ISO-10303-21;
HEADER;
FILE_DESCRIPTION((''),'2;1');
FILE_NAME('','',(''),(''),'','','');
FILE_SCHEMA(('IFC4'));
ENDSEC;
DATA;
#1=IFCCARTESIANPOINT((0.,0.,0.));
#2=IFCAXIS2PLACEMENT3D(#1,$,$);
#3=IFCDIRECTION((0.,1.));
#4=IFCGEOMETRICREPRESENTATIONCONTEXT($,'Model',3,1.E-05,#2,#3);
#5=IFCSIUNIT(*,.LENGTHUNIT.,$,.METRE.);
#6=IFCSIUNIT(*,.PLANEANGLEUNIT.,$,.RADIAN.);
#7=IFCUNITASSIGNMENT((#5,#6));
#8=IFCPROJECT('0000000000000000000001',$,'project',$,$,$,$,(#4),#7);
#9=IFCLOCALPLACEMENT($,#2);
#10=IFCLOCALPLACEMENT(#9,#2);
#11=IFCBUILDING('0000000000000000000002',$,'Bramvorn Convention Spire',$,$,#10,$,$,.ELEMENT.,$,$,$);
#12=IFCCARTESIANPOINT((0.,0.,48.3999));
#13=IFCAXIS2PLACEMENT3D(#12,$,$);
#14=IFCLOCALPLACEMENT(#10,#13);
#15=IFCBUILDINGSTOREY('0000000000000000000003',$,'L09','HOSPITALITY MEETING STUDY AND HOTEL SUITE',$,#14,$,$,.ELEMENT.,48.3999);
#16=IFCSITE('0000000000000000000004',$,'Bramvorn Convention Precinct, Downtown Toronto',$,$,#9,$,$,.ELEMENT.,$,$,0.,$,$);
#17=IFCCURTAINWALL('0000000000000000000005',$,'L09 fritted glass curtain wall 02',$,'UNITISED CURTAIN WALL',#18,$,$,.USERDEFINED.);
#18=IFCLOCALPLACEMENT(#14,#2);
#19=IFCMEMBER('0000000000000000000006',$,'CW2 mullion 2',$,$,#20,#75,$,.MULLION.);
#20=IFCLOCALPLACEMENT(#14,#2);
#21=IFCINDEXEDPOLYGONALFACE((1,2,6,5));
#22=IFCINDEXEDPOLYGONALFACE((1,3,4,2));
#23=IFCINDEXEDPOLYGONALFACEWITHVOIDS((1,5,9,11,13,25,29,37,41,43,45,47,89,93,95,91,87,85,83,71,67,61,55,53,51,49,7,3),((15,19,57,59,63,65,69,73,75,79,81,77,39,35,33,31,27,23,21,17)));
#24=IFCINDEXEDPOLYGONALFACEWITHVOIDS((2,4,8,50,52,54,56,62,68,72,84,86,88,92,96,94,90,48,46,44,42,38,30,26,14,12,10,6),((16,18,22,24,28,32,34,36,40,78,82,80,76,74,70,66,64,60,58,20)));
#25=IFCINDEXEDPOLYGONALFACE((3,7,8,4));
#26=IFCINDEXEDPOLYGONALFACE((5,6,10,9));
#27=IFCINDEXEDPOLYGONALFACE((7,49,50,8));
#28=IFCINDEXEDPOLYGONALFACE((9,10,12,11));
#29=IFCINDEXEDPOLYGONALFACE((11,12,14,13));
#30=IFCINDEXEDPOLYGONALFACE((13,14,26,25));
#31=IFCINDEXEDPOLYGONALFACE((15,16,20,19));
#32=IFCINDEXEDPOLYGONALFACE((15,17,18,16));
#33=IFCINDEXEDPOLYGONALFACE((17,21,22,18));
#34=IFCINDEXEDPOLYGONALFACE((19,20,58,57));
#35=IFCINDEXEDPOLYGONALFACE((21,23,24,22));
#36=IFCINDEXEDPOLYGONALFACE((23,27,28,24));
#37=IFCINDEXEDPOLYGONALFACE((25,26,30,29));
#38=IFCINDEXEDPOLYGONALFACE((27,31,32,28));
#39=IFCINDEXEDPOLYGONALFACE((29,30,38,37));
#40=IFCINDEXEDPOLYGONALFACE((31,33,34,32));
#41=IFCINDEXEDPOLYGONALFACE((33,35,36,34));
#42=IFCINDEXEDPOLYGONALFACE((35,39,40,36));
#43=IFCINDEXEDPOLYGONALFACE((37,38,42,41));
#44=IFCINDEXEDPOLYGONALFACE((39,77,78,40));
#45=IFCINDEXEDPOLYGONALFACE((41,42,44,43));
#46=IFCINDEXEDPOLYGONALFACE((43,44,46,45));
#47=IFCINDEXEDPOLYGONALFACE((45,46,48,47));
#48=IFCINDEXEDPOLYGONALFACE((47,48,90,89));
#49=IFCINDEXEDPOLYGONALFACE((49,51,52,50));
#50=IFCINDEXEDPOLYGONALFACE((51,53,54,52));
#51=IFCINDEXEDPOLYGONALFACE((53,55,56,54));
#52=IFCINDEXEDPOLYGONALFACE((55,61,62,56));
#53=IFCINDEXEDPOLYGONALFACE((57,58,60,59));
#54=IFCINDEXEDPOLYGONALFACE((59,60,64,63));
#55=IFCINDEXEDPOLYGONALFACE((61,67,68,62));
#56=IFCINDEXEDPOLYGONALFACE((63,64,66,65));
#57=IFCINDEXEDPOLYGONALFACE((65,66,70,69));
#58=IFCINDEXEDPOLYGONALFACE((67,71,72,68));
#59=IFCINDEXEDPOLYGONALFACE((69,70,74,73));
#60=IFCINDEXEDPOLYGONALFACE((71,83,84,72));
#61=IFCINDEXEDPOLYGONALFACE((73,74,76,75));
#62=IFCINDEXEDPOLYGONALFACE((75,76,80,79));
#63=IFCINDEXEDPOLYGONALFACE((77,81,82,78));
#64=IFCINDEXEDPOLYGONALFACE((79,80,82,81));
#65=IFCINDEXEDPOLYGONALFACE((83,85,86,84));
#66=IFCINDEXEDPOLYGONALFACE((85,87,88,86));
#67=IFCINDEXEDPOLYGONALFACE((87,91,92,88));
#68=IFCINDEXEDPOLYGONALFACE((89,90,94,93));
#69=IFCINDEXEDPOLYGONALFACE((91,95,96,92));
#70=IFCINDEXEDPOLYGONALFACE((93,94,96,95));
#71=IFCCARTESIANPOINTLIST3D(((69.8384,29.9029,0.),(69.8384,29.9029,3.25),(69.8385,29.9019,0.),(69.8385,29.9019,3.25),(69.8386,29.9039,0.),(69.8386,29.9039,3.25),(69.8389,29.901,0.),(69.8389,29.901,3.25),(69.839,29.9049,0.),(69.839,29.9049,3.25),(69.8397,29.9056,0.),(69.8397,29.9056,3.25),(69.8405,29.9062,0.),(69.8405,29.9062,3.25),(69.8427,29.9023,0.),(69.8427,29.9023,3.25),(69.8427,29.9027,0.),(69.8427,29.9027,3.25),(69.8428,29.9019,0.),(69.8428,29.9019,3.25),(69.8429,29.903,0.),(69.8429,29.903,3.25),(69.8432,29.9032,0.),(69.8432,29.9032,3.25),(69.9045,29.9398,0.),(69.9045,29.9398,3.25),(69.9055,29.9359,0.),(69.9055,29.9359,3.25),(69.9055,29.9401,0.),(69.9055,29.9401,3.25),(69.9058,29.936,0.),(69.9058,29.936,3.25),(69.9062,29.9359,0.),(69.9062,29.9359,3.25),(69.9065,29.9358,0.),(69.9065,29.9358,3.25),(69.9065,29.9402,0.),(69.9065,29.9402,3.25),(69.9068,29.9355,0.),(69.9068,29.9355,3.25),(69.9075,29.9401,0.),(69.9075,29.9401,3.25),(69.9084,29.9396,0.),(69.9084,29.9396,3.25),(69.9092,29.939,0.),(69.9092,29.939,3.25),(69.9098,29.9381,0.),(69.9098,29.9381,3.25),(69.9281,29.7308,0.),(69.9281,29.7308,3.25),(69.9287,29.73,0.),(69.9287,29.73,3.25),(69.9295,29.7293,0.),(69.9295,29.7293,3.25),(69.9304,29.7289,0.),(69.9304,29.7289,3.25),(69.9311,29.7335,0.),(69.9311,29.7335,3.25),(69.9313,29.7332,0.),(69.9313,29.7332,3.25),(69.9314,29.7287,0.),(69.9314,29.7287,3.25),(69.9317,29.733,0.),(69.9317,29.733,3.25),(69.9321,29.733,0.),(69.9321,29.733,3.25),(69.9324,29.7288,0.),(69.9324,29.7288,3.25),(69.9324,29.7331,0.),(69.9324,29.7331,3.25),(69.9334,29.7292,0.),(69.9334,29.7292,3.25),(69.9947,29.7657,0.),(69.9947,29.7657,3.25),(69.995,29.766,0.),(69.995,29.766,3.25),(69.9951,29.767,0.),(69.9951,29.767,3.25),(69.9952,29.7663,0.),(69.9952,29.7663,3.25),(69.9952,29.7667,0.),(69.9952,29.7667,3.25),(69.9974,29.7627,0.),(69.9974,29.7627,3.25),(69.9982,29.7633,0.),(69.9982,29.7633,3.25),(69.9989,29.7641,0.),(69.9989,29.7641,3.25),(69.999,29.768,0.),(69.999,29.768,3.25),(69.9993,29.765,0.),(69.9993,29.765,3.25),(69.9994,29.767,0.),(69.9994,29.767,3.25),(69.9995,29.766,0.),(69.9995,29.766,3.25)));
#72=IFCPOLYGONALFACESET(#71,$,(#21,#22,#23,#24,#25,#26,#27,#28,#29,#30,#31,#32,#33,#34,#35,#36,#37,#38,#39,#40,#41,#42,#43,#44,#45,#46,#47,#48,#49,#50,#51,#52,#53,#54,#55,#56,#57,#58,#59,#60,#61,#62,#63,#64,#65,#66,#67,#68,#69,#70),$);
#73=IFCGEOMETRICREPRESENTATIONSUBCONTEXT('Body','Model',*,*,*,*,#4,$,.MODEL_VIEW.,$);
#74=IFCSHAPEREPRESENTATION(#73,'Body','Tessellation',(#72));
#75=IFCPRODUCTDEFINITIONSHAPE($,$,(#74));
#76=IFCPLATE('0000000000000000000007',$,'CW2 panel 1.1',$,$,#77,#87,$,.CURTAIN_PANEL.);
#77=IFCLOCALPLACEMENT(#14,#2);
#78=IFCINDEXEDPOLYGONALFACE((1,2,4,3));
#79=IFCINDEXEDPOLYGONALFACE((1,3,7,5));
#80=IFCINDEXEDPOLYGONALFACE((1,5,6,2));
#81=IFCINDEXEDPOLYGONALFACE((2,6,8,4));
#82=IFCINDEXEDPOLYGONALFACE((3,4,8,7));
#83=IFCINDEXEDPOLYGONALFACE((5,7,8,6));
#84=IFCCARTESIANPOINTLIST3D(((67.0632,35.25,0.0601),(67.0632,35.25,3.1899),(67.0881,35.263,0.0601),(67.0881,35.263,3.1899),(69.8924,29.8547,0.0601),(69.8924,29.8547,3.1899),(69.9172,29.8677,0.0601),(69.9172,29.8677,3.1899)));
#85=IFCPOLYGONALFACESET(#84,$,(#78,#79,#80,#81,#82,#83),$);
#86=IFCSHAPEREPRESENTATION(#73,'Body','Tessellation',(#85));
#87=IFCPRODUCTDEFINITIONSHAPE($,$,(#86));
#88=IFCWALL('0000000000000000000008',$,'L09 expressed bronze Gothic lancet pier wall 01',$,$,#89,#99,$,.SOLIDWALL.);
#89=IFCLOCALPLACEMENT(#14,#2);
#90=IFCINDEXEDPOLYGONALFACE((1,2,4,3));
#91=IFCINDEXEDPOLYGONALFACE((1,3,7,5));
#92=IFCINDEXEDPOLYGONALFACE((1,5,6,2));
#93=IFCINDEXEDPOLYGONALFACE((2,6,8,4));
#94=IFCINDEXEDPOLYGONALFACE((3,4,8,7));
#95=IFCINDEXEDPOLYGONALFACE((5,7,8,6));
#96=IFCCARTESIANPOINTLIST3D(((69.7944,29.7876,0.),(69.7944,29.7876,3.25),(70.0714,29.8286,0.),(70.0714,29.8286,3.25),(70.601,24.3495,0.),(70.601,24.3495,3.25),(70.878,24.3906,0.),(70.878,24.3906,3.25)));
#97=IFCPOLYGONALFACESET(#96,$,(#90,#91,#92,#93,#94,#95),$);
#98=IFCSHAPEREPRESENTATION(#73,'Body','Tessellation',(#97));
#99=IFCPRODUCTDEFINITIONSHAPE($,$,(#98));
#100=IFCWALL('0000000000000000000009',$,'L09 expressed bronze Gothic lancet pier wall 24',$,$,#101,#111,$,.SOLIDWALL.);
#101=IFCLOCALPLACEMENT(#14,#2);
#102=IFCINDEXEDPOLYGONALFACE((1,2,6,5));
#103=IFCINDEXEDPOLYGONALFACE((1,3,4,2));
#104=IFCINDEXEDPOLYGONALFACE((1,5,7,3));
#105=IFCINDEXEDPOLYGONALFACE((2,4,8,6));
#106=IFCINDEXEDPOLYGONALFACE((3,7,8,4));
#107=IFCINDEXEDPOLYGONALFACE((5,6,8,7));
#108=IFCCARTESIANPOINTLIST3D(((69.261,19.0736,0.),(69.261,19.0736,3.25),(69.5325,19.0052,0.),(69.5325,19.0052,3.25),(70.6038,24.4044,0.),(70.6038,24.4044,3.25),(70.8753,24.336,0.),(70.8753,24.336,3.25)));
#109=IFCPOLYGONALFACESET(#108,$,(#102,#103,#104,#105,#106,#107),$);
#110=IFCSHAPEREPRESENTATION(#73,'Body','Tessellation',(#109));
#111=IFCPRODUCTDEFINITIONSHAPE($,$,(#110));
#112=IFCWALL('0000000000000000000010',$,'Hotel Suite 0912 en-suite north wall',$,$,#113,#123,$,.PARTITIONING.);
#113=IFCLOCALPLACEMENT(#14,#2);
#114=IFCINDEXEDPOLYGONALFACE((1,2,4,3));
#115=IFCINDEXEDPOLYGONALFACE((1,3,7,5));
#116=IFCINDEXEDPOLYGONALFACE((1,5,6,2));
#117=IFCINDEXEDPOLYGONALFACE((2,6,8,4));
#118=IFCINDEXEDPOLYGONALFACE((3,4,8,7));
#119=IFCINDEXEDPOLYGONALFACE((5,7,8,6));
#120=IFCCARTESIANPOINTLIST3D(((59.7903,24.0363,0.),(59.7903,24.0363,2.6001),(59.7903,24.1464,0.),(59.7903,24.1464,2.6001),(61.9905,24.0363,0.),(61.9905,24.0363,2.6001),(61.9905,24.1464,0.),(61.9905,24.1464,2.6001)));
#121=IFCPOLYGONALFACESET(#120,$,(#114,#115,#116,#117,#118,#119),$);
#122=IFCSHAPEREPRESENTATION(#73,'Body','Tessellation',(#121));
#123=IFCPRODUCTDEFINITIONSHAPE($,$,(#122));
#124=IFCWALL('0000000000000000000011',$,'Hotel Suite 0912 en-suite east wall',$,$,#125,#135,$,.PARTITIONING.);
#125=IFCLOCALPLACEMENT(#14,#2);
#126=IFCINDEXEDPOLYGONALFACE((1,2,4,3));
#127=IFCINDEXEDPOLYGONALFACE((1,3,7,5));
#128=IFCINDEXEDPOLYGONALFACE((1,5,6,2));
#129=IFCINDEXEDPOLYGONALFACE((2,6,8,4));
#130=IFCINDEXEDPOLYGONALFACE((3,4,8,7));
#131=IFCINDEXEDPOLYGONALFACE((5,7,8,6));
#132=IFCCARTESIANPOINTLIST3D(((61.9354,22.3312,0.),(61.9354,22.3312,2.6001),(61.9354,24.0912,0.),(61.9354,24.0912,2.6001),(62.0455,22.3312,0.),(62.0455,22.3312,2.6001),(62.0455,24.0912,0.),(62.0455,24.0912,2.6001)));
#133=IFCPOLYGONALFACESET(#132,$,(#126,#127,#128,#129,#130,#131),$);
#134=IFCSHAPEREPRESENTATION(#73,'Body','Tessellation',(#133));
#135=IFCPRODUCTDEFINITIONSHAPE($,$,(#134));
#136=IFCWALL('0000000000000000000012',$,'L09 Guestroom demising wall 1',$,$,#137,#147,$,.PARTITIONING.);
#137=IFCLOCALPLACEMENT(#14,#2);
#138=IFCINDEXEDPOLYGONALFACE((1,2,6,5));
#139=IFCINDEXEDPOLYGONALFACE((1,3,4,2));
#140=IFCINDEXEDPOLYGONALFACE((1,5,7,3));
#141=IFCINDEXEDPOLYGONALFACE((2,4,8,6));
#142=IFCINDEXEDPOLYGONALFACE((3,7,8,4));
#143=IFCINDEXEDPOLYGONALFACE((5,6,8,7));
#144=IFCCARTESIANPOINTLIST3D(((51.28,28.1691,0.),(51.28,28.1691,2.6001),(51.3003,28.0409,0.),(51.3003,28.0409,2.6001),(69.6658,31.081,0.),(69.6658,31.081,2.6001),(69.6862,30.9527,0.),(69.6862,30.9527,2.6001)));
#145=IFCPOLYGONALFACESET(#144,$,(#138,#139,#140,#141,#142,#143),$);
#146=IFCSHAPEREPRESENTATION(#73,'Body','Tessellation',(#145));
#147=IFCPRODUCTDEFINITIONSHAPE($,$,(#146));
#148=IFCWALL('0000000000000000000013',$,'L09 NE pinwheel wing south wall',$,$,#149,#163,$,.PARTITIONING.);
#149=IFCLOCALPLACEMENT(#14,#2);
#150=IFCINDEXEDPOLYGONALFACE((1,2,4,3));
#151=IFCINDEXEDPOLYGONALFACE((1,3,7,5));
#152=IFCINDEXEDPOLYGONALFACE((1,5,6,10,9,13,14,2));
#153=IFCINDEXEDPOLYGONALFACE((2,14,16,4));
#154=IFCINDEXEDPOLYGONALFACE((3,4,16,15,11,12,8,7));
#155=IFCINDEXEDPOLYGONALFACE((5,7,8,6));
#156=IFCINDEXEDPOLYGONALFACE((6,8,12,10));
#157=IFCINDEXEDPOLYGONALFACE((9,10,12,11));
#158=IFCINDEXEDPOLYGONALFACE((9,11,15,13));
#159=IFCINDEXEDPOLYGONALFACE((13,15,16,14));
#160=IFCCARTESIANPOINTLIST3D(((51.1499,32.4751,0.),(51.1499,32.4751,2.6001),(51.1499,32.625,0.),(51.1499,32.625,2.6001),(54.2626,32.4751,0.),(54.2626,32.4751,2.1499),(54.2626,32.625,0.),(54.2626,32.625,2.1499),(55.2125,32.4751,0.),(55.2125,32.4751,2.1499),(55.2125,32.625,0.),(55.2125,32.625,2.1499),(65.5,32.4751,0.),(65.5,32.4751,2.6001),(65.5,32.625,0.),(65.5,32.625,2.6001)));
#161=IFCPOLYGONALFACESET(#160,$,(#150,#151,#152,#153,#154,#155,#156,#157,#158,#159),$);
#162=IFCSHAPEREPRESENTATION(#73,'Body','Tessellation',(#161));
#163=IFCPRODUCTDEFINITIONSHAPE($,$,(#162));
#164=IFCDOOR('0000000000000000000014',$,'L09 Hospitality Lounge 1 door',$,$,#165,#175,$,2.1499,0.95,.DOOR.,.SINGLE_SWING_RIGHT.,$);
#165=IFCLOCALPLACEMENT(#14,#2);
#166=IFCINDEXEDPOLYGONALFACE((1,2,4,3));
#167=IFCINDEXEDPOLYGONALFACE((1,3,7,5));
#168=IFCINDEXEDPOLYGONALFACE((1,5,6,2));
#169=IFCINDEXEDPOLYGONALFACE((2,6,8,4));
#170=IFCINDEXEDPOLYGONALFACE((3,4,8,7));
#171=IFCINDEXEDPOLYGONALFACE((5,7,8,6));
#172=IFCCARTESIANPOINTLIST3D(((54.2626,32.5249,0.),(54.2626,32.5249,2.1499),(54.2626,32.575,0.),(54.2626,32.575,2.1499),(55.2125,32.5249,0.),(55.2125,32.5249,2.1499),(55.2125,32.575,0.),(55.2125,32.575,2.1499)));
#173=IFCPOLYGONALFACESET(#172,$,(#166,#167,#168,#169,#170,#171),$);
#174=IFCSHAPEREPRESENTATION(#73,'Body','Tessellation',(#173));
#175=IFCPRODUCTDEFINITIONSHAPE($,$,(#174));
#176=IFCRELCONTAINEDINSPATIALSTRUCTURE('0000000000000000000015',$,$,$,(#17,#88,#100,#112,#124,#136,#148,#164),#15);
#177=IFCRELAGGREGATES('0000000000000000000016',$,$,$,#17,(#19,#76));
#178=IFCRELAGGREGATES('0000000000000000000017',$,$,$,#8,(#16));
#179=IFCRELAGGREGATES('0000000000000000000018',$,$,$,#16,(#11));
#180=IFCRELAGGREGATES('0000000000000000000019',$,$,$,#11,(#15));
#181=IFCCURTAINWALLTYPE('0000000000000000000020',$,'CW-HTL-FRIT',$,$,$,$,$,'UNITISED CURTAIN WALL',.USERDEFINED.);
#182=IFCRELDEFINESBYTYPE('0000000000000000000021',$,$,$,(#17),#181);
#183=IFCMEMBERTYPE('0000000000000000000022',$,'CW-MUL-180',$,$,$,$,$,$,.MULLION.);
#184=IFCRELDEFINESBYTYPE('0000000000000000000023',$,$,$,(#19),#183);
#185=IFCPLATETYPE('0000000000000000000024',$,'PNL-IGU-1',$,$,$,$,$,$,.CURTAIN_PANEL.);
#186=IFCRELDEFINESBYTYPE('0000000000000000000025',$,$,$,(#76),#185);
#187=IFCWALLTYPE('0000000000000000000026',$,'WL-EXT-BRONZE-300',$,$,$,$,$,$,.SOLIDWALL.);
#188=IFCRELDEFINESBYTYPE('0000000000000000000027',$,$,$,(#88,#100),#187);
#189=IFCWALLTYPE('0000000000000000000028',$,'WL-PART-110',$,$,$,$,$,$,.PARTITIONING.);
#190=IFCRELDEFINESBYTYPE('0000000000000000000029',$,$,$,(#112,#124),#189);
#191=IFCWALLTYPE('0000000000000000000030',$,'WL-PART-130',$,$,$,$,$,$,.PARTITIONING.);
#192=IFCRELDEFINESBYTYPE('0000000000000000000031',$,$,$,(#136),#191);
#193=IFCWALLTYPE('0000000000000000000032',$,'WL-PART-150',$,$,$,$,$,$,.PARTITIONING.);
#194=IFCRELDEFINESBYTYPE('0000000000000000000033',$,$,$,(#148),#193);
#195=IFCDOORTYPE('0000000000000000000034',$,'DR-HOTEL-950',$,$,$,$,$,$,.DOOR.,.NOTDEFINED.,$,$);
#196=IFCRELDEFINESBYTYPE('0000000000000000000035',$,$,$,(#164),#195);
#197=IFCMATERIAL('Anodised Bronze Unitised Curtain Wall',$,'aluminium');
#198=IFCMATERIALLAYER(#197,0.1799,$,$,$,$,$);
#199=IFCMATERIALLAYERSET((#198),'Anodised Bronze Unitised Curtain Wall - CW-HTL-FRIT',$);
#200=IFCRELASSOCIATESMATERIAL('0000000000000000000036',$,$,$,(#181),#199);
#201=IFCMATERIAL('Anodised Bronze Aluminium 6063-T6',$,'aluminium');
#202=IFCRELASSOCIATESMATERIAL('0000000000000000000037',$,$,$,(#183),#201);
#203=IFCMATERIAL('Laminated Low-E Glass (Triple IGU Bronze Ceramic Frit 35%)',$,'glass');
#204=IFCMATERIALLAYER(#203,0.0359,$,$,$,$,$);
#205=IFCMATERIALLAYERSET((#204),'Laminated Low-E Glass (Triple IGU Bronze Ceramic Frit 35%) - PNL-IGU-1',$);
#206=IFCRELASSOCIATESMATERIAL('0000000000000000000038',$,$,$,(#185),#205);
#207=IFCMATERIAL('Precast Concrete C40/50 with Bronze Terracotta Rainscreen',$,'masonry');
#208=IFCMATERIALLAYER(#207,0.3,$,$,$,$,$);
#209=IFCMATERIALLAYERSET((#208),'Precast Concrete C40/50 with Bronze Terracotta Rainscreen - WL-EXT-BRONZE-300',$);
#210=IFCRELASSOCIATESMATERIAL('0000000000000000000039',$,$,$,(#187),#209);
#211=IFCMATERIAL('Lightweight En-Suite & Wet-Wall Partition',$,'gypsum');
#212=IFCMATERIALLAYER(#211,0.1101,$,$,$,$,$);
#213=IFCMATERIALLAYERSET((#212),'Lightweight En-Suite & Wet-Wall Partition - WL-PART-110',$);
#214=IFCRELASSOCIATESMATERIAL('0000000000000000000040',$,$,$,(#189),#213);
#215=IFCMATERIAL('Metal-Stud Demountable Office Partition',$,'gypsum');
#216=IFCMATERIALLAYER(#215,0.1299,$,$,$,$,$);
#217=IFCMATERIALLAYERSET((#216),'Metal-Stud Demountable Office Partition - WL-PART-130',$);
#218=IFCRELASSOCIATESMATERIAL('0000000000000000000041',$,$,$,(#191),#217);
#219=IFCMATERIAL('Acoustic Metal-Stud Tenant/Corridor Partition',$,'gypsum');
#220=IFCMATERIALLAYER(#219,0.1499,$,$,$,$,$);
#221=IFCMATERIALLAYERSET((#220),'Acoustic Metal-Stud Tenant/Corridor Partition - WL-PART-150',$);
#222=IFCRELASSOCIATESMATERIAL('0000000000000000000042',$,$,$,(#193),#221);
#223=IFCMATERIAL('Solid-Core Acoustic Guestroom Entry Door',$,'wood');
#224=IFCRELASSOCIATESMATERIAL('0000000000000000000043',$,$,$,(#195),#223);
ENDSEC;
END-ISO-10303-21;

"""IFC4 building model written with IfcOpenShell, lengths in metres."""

from ifc_helpers import new_model, si_unit, direction, frame, frame_2d, origin, origin_2d, place, context, subcontext, project, spatial, rectangle, hollow_rectangle, extrude, material, layer, layer_set, material_profile, profile_set, type_object, element, fill, aggregate, save


model = new_model("IFC4")

# Units and contexts
model_context = context("Model", 3, precision=1e-05, world=origin(), true_north=direction((0.0, 1.0)))
body_context = subcontext(model_context, "Body", "Model", "MODEL_VIEW")
ifc_project = project(units=[si_unit("LENGTHUNIT", "METRE"), si_unit("PLANEANGLEUNIT", "RADIAN")], contexts=[model_context])

# Site, building, storey
site_placement = place(None, origin())
site = spatial("IfcSite", under=ifc_project, at=site_placement, Name="Bramvorn Convention Precinct, Downtown Toronto", CompositionType="ELEMENT", RefElevation=0.0)
building_placement = place(site_placement, origin())
building = spatial("IfcBuilding", under=site, at=building_placement, Name="Bramvorn Convention Spire", CompositionType="ELEMENT")
storey_placement = place(building_placement, frame((0.0, 0.0, 48.3999)))
storey = spatial("IfcBuildingStorey", under=building, at=storey_placement, Name="L09", Description="HOSPITALITY MEETING STUDY AND HOTEL SUITE", CompositionType="ELEMENT", Elevation=48.3999)

# Curtain wall, member, plate
ifc_material_1 = material(Name="Anodised Bronze Unitised Curtain Wall", Category="aluminium")
ifc_layer_1 = layer(ifc_material_1, 0.1799)
ifc_layer_set_1 = layer_set([ifc_layer_1], Name="Anodised Bronze Unitised Curtain Wall - CW-HTL-FRIT")
curtain_wall_type = type_object("IfcCurtainWallType", Name="CW-HTL-FRIT", ElementType="UNITISED CURTAIN WALL", PredefinedType="USERDEFINED", material=ifc_layer_set_1)
curtain_wall_placement = place(storey_placement, origin())
curtain_wall = element("IfcCurtainWall", 1, at=curtain_wall_placement, inside=storey, type_object=curtain_wall_type, Name="L09 fritted glass curtain wall 02", ObjectType="UNITISED CURTAIN WALL", PredefinedType="USERDEFINED")
ifc_material_2 = material(Name="Anodised Bronze Aluminium 6063-T6", Category="aluminium")
ifc_material_profile_1 = material_profile(ifc_material_2, hollow_rectangle(XDim=0.0801, YDim=0.2, WallThickness=0.0039, InnerFilletRadius=0.001, OuterFilletRadius=0.0039, at=origin_2d()))
ifc_profile_set_1 = profile_set([ifc_material_profile_1], Name="Anodised Bronze Aluminium 6063-T6 - CWM80X200")
member_type = type_object("IfcMemberType", Name="CW-MUL-180", PredefinedType="MULLION", material=ifc_profile_set_1)
member_placement = place(storey_placement, frame((69.9189, 29.8345, 0.0), z_axis=(0.0, 0.0, 1.0), x_axis=(0.885626, 0.4644, 0.0)))
member = element("IfcMember", 2, at=member_placement, type_object=member_type, Name="CW2 mullion 2", PredefinedType="MULLION", context=body_context, shape_type="SweptSolid", body=[
    extrude(hollow_rectangle(XDim=0.0801, YDim=0.2, WallThickness=0.0039, InnerFilletRadius=0.001, OuterFilletRadius=0.0039, at=origin_2d()), origin(), (0.0, 0.0, 1.0), 3.25),
])
ifc_material_3 = material(Name="Laminated Low-E Glass (Triple IGU Bronze Ceramic Frit 35%)", Category="glass")
ifc_layer_2 = layer(ifc_material_3, 0.0359)
ifc_layer_set_2 = layer_set([ifc_layer_2], Name="Laminated Low-E Glass (Triple IGU Bronze Ceramic Frit 35%) - PNL-IGU-1")
plate_type = type_object("IfcPlateType", Name="PNL-IGU-1", PredefinedType="CURTAIN_PANEL", material=ifc_layer_set_2)
plate_placement = place(storey_placement, frame((68.4902, 32.5588, 0.0601), z_axis=(0.0, 0.0, 1.0), x_axis=(0.4644, -0.885626, 0.0)))
plate = element("IfcPlate", 3, at=plate_placement, type_object=plate_type, Name="CW2 panel 1.1", PredefinedType="CURTAIN_PANEL", context=body_context, shape_type="SweptSolid", body=[
    extrude(rectangle(XDim=6.092, YDim=0.0281, at=origin_2d()), origin(), (0.0, 0.0, 1.0), 3.1299),
])
aggregate(curtain_wall, [member, plate])

# Walls
ifc_material_4 = material(Name="Precast Concrete C40/50 with Bronze Terracotta Rainscreen", Category="masonry")
ifc_layer_3 = layer(ifc_material_4, 0.3)
ifc_layer_set_3 = layer_set([ifc_layer_3], Name="Precast Concrete C40/50 with Bronze Terracotta Rainscreen - WL-EXT-BRONZE-300")
wall_type_1 = type_object("IfcWallType", Name="WL-EXT-BRONZE-300", PredefinedType="SOLIDWALL", material=ifc_layer_set_3)
wall_1_placement = place(storey_placement, frame((69.9329, 29.8081, 0.0), z_axis=(0.0, 0.0, 1.0), x_axis=(0.146729, -0.989177, 0.0)))
element("IfcWall", 4, at=wall_1_placement, inside=storey, type_object=wall_type_1, Name="L09 expressed bronze Gothic lancet pier wall 01", PredefinedType="SOLIDWALL", context=body_context, shape_type="SweptSolid", body=[
    extrude(rectangle(XDim=5.4976, YDim=0.28, at=frame_2d((2.7488, 0.0))), origin(), (0.0, 0.0, 1.0), 3.25),
])
wall_2_placement = place(storey_placement, frame((70.7395, 24.3701, 0.0), z_axis=(0.0, 0.0, 1.0), x_axis=(-0.244259, -0.96971, 0.0)))
element("IfcWall", 5, at=wall_2_placement, inside=storey, type_object=wall_type_1, Name="L09 expressed bronze Gothic lancet pier wall 24", PredefinedType="SOLIDWALL", context=body_context, shape_type="SweptSolid", body=[
    extrude(rectangle(XDim=5.4973, YDim=0.28, at=frame_2d((2.7485, 0.0))), origin(), (0.0, 0.0, 1.0), 3.25),
])
ifc_material_5 = material(Name="Lightweight En-Suite & Wet-Wall Partition", Category="gypsum")
ifc_layer_4 = layer(ifc_material_5, 0.1101)
ifc_layer_set_4 = layer_set([ifc_layer_4], Name="Lightweight En-Suite & Wet-Wall Partition - WL-PART-110")
wall_type_2 = type_object("IfcWallType", Name="WL-PART-110", PredefinedType="PARTITIONING", material=ifc_layer_set_4)
wall_3_placement = place(storey_placement, frame((59.7903, 24.0913, 0.0), z_axis=(0.0, 0.0, 1.0), x_axis=(1.0, 0.0, 0.0)))
element("IfcWall", 6, at=wall_3_placement, inside=storey, type_object=wall_type_2, Name="Hotel Suite 0912 en-suite north wall", PredefinedType="PARTITIONING", context=body_context, shape_type="SweptSolid", body=[
    extrude(rectangle(XDim=2.2002, YDim=0.1101, at=frame_2d((1.1001, 0.0))), origin(), (0.0, 0.0, 1.0), 2.6001),
])
wall_4_placement = place(storey_placement, frame((61.9905, 22.3313, 0.0), z_axis=(0.0, 0.0, 1.0), x_axis=(0.0, 1.0, 0.0)))
element("IfcWall", 7, at=wall_4_placement, inside=storey, type_object=wall_type_2, Name="Hotel Suite 0912 en-suite east wall", PredefinedType="PARTITIONING", context=body_context, shape_type="SweptSolid", body=[
    extrude(rectangle(XDim=1.76, YDim=0.1101, at=frame_2d((0.8799, 0.0))), origin(), (0.0, 0.0, 1.0), 2.6001),
])
ifc_material_6 = material(Name="Metal-Stud Demountable Office Partition", Category="gypsum")
ifc_layer_5 = layer(ifc_material_6, 0.1299)
ifc_layer_set_5 = layer_set([ifc_layer_5], Name="Metal-Stud Demountable Office Partition - WL-PART-130")
wall_type_3 = type_object("IfcWallType", Name="WL-PART-130", PredefinedType="PARTITIONING", material=ifc_layer_set_5)
wall_5_placement = place(storey_placement, frame((51.29, 28.105, 0.0), z_axis=(0.0, 0.0, 1.0), x_axis=(0.98769, 0.156427, 0.0)))
element("IfcWall", 8, at=wall_5_placement, inside=storey, type_object=wall_type_3, Name="L09 Guestroom demising wall 1", PredefinedType="PARTITIONING", context=body_context, shape_type="SweptSolid", body=[
    extrude(rectangle(XDim=18.615, YDim=0.1299, at=frame_2d((9.3076, 0.0))), origin(), (0.0, 0.0, 1.0), 2.6001),
])

# Wall, opening, door
ifc_material_7 = material(Name="Acoustic Metal-Stud Tenant/Corridor Partition", Category="gypsum")
ifc_layer_6 = layer(ifc_material_7, 0.1499)
ifc_layer_set_6 = layer_set([ifc_layer_6], Name="Acoustic Metal-Stud Tenant/Corridor Partition - WL-PART-150")
wall_type_4 = type_object("IfcWallType", Name="WL-PART-150", PredefinedType="PARTITIONING", material=ifc_layer_set_6)
wall_6_placement = place(storey_placement, frame((51.1499, 32.55, 0.0), z_axis=(0.0, 0.0, 1.0), x_axis=(1.0, 0.0, 0.0)))
wall_6 = element("IfcWall", 9, at=wall_6_placement, inside=storey, type_object=wall_type_4, Name="L09 NE pinwheel wing south wall", PredefinedType="PARTITIONING", context=body_context, shape_type="SweptSolid", body=[
    extrude(rectangle(XDim=14.3501, YDim=0.1499, at=frame_2d((7.175, 0.0))), origin(), (0.0, 0.0, 1.0), 2.6001),
])
opening_placement = place(wall_6_placement, frame((3.1125, 0.0, 0.0)))
opening = element("IfcOpeningElement", 10, at=opening_placement, cuts=wall_6, PredefinedType="OPENING", context=body_context, shape_type="SweptSolid", body=[
    extrude(rectangle(XDim=0.95, YDim=2.1499, at=frame_2d((0.4751, 1.075))), frame((0.0, 0.085, 0.0), z_axis=(0.0, -1.0, 0.0), x_axis=(1.0, 0.0, 0.0)), (0.0, 0.0, 1.0), 0.1699),
])
ifc_material_8 = material(Name="Solid-Core Acoustic Guestroom Entry Door", Category="wood")
door_type = type_object("IfcDoorType", Name="DR-HOTEL-950", OperationType="NOTDEFINED", PredefinedType="DOOR", material=ifc_material_8)
door_placement = place(opening_placement, origin())
door = element("IfcDoor", 11, at=door_placement, inside=storey, type_object=door_type, Name="L09 Hospitality Lounge 1 door", OperationType="SINGLE_SWING_RIGHT", OverallHeight=2.1499, OverallWidth=0.95, PredefinedType="DOOR", context=body_context, shape_type="SweptSolid", body=[
    extrude(rectangle(XDim=0.95, YDim=2.1499, at=frame_2d((0.4751, 1.075))), frame((0.0, 0.0249, 0.0), z_axis=(0.0, -1.0, 0.0), x_axis=(1.0, 0.0, 0.0)), (0.0, 0.0, 1.0), 0.05),
])
fill(opening, door)

save(model, "model.ifc")
